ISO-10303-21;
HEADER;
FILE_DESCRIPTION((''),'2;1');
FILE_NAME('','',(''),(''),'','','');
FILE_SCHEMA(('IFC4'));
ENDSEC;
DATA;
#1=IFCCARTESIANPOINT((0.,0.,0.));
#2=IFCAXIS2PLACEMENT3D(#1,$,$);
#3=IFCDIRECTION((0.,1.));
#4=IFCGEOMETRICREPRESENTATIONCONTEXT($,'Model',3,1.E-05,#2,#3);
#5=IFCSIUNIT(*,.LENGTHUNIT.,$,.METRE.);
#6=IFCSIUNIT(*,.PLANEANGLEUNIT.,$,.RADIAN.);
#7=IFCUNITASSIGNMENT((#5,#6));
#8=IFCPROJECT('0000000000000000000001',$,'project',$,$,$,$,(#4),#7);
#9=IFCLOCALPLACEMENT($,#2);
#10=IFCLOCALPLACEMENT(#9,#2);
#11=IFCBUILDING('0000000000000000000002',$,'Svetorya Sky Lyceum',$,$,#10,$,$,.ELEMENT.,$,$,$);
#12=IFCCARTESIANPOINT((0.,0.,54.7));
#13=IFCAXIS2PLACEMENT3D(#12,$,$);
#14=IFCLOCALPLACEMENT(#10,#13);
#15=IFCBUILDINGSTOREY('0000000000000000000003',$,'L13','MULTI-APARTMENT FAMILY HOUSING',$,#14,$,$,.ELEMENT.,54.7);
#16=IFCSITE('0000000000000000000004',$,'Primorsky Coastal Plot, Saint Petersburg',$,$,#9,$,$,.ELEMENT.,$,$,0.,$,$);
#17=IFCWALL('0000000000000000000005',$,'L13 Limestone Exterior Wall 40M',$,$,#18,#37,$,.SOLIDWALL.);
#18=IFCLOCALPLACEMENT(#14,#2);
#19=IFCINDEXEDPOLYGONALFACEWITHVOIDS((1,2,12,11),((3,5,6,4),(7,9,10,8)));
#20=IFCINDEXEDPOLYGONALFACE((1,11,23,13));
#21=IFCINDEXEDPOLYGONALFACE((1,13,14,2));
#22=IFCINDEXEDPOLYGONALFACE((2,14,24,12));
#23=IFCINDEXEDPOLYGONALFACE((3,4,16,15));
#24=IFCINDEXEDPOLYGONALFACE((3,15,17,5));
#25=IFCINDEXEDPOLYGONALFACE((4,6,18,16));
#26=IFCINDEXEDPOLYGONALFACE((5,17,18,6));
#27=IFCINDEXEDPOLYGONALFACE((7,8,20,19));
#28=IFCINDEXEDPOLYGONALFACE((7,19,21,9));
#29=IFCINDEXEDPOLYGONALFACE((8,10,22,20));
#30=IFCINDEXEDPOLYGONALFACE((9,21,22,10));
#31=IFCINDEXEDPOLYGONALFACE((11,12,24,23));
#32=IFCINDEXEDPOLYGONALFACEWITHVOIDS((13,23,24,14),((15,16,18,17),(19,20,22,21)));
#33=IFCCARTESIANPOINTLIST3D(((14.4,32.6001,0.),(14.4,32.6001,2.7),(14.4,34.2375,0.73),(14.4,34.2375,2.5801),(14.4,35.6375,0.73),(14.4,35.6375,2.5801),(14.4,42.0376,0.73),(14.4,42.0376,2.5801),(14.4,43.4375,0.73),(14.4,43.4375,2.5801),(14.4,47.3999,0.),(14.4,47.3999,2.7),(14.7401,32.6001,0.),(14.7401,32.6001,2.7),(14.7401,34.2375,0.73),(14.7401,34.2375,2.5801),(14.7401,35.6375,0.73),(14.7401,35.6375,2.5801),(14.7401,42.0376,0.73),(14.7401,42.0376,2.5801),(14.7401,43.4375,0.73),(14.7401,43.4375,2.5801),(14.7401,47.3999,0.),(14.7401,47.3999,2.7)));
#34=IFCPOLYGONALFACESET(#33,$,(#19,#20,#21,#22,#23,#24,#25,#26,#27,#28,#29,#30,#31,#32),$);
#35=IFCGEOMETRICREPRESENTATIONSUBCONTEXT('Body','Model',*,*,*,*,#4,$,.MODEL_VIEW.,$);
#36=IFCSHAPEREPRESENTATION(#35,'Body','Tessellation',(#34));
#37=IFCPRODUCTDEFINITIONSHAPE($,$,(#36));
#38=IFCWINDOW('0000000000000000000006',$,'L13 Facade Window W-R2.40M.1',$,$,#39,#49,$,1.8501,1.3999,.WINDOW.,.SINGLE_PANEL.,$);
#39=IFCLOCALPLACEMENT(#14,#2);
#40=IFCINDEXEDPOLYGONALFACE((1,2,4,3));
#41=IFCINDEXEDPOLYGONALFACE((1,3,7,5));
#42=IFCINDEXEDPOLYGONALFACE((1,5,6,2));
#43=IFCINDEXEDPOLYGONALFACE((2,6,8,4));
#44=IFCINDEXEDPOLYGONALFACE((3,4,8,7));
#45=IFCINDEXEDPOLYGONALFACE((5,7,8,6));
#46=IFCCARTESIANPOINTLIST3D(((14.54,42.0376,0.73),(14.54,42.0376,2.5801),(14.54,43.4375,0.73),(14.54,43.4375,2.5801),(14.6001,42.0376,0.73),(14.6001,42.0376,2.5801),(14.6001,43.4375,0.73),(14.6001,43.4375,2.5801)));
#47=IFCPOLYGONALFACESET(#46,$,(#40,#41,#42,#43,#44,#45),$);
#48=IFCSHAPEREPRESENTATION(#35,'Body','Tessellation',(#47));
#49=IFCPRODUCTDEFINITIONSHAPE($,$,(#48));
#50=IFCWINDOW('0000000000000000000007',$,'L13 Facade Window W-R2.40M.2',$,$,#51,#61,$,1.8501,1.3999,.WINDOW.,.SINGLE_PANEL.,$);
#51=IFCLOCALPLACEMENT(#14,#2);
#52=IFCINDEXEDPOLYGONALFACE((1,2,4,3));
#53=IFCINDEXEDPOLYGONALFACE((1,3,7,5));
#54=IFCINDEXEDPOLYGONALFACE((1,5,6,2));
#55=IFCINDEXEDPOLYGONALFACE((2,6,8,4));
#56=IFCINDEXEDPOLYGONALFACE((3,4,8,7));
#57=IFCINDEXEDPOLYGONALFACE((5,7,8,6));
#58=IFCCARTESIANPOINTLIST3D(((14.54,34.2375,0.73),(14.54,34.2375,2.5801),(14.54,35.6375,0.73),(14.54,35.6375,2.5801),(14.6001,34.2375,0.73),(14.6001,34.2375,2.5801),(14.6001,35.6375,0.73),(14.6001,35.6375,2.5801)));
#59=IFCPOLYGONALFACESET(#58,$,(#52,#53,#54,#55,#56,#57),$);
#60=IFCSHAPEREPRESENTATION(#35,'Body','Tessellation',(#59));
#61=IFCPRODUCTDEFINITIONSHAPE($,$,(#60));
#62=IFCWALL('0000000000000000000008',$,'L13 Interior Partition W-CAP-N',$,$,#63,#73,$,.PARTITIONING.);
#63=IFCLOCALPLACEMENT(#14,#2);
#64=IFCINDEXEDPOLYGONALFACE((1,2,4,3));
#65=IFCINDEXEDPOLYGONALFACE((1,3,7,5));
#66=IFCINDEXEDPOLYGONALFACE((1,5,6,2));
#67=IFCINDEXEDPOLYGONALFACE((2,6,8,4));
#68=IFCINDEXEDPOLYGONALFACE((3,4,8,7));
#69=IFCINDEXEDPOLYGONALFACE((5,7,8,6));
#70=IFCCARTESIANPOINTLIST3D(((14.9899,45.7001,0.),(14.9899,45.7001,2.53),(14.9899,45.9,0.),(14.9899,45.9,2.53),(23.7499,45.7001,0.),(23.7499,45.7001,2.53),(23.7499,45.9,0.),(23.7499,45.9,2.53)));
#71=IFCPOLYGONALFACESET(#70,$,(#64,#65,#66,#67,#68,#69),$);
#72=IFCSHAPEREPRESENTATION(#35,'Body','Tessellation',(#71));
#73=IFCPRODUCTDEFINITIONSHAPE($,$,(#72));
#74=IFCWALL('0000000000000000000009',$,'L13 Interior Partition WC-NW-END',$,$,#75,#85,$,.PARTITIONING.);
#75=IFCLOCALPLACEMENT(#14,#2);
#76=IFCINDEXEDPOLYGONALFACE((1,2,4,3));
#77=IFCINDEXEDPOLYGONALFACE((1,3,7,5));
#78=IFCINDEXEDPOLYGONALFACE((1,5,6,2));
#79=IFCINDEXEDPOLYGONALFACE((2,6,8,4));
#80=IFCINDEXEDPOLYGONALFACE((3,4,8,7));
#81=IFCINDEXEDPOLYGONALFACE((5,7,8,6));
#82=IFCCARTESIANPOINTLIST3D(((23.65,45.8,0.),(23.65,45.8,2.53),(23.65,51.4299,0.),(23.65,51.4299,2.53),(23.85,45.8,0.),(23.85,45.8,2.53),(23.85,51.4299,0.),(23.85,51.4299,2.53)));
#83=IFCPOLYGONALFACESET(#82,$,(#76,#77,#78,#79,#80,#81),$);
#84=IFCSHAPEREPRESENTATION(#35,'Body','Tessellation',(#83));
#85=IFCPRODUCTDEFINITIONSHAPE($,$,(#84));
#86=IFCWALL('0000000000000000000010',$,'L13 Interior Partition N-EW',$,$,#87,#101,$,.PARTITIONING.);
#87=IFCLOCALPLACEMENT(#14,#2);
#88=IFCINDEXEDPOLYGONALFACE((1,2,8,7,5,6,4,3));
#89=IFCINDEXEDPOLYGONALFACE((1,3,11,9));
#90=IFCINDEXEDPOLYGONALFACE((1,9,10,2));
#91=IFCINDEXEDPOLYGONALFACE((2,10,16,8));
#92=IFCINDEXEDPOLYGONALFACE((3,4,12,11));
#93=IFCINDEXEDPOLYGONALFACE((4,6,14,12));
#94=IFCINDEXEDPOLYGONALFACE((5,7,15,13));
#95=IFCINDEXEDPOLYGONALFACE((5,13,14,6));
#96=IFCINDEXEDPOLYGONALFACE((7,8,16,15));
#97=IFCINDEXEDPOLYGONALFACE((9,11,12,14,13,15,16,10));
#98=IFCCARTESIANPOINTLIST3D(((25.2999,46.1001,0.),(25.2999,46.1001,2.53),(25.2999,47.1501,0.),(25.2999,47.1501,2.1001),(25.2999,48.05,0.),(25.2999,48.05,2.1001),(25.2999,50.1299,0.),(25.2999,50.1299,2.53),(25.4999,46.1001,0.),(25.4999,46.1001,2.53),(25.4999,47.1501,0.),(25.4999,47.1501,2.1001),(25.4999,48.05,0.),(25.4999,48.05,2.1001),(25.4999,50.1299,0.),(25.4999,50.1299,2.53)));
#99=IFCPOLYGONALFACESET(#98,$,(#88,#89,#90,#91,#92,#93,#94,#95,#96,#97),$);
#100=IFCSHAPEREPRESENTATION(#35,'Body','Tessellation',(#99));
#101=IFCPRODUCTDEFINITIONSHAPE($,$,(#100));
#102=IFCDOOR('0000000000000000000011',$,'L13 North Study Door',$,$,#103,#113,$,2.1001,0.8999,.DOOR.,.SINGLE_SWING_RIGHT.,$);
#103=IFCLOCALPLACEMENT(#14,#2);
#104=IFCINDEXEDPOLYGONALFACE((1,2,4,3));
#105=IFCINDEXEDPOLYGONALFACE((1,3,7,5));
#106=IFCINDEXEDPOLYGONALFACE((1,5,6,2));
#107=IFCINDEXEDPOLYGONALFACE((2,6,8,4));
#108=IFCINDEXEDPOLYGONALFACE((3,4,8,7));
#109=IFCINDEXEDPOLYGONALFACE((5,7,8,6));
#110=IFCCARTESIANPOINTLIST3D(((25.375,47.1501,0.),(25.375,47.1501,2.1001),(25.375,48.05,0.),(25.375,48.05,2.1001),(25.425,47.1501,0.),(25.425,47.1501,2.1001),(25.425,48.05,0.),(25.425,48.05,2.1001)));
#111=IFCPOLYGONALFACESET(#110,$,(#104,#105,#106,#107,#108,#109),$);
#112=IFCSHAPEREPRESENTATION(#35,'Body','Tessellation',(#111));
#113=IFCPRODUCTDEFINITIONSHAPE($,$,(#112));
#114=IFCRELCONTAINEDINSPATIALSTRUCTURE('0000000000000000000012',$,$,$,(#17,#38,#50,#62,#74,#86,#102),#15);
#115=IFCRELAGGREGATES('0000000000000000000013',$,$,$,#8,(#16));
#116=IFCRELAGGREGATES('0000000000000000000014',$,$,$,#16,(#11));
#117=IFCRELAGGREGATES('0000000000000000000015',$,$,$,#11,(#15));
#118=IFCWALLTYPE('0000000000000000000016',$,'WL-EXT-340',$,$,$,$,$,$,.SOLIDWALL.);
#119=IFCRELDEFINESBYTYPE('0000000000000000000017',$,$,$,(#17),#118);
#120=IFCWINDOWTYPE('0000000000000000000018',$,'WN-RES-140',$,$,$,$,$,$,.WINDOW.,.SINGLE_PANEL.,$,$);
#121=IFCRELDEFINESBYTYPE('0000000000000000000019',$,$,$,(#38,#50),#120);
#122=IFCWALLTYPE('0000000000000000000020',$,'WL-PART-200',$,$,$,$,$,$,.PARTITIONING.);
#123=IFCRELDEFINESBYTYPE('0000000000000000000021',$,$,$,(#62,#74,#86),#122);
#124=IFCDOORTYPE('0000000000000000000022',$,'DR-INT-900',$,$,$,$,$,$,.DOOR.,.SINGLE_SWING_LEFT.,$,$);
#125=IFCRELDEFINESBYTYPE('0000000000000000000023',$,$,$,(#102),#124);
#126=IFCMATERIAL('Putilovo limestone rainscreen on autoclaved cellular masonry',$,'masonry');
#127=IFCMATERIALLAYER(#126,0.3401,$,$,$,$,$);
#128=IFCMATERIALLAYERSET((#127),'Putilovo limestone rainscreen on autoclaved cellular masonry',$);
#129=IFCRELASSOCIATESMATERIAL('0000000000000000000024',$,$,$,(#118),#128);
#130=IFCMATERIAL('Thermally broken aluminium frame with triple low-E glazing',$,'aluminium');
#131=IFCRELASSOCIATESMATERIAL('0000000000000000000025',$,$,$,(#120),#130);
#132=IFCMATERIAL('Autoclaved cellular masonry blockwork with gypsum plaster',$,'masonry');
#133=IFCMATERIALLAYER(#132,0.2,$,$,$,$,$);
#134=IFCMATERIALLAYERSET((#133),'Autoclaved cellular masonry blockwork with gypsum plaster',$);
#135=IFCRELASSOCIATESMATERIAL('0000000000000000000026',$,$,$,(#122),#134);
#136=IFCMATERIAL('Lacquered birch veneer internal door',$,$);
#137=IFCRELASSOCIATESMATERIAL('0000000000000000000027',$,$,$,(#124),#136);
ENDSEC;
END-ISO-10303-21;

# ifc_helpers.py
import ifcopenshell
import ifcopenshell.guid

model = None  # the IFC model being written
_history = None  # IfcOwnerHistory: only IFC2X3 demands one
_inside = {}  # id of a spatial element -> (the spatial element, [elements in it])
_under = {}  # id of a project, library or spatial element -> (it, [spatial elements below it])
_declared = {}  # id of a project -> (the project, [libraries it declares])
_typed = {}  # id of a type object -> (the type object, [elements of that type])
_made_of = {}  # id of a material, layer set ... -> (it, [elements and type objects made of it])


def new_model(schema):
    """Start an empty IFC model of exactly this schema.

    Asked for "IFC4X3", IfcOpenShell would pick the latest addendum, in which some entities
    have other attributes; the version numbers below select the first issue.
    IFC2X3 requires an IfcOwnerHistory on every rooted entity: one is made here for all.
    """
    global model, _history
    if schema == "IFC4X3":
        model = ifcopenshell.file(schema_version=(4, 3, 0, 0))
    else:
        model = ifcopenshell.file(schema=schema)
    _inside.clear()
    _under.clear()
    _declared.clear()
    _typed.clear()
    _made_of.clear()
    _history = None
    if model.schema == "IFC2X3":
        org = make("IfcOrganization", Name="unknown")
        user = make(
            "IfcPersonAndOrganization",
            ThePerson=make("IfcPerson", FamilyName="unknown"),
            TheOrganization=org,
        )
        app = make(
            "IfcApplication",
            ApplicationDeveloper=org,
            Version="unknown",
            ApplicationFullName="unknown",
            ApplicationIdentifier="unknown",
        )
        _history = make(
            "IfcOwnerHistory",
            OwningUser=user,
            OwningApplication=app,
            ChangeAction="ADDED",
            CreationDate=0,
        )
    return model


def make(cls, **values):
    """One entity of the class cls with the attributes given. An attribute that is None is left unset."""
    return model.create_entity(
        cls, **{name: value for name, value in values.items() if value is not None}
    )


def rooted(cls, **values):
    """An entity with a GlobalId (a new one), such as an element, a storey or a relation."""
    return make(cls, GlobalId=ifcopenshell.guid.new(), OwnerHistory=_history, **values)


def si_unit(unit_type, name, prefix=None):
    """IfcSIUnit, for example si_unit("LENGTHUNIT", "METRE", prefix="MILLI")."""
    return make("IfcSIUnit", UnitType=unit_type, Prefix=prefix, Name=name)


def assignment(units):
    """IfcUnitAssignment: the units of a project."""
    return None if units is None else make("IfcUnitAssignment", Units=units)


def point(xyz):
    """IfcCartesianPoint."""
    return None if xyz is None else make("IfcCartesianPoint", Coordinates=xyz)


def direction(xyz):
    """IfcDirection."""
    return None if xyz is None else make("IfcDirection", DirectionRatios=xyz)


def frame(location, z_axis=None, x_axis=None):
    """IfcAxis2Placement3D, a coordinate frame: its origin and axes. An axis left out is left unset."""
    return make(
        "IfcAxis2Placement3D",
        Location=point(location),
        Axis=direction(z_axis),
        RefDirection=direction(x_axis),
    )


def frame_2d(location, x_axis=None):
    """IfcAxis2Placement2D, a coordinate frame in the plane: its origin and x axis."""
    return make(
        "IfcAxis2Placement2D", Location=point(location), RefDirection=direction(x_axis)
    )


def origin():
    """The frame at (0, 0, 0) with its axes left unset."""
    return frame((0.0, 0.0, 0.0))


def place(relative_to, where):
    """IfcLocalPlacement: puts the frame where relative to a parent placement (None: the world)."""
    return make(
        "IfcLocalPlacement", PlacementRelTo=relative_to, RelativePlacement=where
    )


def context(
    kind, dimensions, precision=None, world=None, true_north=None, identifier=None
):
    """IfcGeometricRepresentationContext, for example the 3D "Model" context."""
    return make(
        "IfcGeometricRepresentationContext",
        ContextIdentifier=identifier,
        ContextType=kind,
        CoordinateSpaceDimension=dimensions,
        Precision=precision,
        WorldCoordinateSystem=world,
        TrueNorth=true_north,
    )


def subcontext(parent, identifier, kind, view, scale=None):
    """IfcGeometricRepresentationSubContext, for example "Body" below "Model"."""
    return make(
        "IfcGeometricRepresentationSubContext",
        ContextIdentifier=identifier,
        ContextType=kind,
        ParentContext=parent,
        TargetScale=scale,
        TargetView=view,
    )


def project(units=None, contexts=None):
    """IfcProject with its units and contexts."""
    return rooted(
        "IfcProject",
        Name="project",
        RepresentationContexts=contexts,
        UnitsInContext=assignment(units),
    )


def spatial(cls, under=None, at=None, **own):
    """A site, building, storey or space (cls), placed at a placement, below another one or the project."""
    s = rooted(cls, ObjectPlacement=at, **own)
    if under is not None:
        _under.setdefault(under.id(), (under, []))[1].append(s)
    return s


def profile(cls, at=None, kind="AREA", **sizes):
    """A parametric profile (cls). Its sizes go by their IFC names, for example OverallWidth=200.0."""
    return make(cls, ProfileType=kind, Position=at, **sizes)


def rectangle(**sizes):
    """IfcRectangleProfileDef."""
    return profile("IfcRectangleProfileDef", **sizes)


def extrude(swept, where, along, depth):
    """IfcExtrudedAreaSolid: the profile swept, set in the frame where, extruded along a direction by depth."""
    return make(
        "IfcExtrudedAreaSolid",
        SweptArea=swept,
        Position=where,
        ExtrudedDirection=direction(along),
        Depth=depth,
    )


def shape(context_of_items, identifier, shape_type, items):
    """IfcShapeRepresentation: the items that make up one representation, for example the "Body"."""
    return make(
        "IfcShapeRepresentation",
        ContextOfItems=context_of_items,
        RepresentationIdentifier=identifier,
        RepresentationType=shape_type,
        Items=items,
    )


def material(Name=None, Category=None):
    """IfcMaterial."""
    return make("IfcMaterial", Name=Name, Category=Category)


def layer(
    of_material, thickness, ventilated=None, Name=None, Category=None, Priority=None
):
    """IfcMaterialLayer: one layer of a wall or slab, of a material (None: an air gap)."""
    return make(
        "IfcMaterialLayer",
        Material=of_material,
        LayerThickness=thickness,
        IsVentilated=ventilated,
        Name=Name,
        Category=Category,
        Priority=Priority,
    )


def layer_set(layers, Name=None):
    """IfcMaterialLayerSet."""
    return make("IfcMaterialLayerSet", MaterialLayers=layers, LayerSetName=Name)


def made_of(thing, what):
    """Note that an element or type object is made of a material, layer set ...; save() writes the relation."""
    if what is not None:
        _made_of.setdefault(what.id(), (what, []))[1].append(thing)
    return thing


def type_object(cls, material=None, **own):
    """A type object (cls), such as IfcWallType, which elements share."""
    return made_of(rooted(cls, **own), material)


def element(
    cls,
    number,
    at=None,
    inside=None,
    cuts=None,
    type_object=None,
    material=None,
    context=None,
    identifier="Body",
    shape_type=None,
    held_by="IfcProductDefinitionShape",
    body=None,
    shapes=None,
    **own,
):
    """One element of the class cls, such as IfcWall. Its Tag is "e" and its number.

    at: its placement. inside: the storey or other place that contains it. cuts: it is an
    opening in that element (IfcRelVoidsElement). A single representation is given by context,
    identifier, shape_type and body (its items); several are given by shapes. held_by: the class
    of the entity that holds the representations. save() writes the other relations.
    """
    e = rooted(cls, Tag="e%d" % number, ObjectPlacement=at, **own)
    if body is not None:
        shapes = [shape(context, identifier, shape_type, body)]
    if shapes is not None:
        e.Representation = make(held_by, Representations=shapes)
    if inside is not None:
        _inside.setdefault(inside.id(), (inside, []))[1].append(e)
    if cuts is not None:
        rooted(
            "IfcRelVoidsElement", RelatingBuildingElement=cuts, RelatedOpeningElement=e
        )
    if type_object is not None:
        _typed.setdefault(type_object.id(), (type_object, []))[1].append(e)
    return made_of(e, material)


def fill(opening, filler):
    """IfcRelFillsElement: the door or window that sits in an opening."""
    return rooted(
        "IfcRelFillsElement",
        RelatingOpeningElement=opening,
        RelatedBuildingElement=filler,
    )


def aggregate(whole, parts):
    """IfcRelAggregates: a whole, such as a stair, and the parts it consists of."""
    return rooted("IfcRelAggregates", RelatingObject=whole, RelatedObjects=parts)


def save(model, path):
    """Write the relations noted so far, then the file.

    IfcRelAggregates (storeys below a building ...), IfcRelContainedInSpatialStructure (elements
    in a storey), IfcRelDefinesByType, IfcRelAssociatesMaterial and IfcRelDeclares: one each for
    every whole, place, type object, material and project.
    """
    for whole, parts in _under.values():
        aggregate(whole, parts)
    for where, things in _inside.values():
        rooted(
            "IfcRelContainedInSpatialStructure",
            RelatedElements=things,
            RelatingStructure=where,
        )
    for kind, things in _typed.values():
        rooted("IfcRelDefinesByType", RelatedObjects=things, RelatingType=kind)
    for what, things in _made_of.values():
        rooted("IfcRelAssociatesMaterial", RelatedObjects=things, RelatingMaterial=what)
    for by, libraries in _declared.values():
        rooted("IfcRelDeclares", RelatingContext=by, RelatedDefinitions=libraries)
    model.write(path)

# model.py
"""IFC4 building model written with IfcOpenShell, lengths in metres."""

from ifc_helpers import new_model, si_unit, direction, frame, frame_2d, origin, place, context, subcontext, project, spatial, rectangle, extrude, material, layer, layer_set, type_object, element, fill, save


model = new_model("IFC4")

# Units and contexts
model_context = context("Model", 3, precision=1e-05, world=origin(), true_north=direction((0.0, 1.0)))
body_context = subcontext(model_context, "Body", "Model", "MODEL_VIEW")
ifc_project = project(units=[si_unit("LENGTHUNIT", "METRE"), si_unit("PLANEANGLEUNIT", "RADIAN")], contexts=[model_context])

# Site, building, storey
site_placement = place(None, origin())
site = spatial("IfcSite", under=ifc_project, at=site_placement, Name="Primorsky Coastal Plot, Saint Petersburg", CompositionType="ELEMENT", RefElevation=0.0)
building_placement = place(site_placement, origin())
building = spatial("IfcBuilding", under=site, at=building_placement, Name="Svetorya Sky Lyceum", CompositionType="ELEMENT")
storey_placement = place(building_placement, frame((0.0, 0.0, 54.7)))
storey = spatial("IfcBuildingStorey", under=building, at=storey_placement, Name="L13", Description="MULTI-APARTMENT FAMILY HOUSING", CompositionType="ELEMENT", Elevation=54.7)

# Shared definitions
ifc_material_1 = material(Name="Putilovo limestone rainscreen on autoclaved cellular masonry", Category="masonry")
ifc_layer_1 = layer(ifc_material_1, 0.3401)
ifc_layer_set_1 = layer_set([ifc_layer_1], Name="Putilovo limestone rainscreen on autoclaved cellular masonry")
wall_type_1 = type_object("IfcWallType", Name="WL-EXT-340", PredefinedType="SOLIDWALL", material=ifc_layer_set_1)

# Wall, openings, windows
wall_1_placement = place(storey_placement, frame((14.5701, 47.3999, 0.0), z_axis=(0.0, 0.0, 1.0), x_axis=(0.0, -1.0, 0.0)))
wall_1 = element("IfcWall", 1, at=wall_1_placement, inside=storey, type_object=wall_type_1, Name="L13 Limestone Exterior Wall 40M", PredefinedType="SOLIDWALL", context=body_context, shape_type="SweptSolid", body=[
    extrude(rectangle(XDim=14.7998, YDim=0.3401, at=frame_2d((7.3999, 0.0))), origin(), (0.0, 0.0, 1.0), 2.7),
])
opening_1_placement = place(wall_1_placement, frame((3.9624, 0.0, 0.73)))
opening_1 = element("IfcOpeningElement", 2, at=opening_1_placement, cuts=wall_1, PredefinedType="OPENING", context=body_context, shape_type="SweptSolid", body=[
    extrude(rectangle(XDim=1.3999, YDim=1.8501, at=frame_2d((0.7, 0.925))), frame((0.0, 0.1799, 0.0), z_axis=(0.0, -1.0, 0.0), x_axis=(1.0, 0.0, 0.0)), (0.0, 0.0, 1.0), 0.3601),
])
opening_2_placement = place(wall_1_placement, frame((11.7625, 0.0, 0.73)))
opening_2 = element("IfcOpeningElement", 3, at=opening_2_placement, cuts=wall_1, PredefinedType="OPENING", context=body_context, shape_type="SweptSolid", body=[
    extrude(rectangle(XDim=1.3999, YDim=1.8501, at=frame_2d((0.7, 0.925))), frame((0.0, 0.1799, 0.0), z_axis=(0.0, -1.0, 0.0), x_axis=(1.0, 0.0, 0.0)), (0.0, 0.0, 1.0), 0.3601),
])
ifc_material_2 = material(Name="Thermally broken aluminium frame with triple low-E glazing", Category="aluminium")
window_type = type_object("IfcWindowType", Name="WN-RES-140", PartitioningType="SINGLE_PANEL", PredefinedType="WINDOW", material=ifc_material_2)
window_1_placement = place(opening_1_placement, origin())
window_1 = element("IfcWindow", 4, at=window_1_placement, inside=storey, type_object=window_type, Name="L13 Facade Window W-R2.40M.1", OverallHeight=1.8501, OverallWidth=1.3999, PartitioningType="SINGLE_PANEL", PredefinedType="WINDOW", context=body_context, shape_type="SweptSolid", body=[
    extrude(rectangle(XDim=1.3999, YDim=1.8501, at=frame_2d((0.7, 0.925))), frame((0.0, 0.03, 0.0), z_axis=(0.0, -1.0, 0.0), x_axis=(1.0, 0.0, 0.0)), (0.0, 0.0, 1.0), 0.0601),
])
fill(opening_1, window_1)
window_2_placement = place(opening_2_placement, origin())
window_2 = element("IfcWindow", 5, at=window_2_placement, inside=storey, type_object=window_type, Name="L13 Facade Window W-R2.40M.2", OverallHeight=1.8501, OverallWidth=1.3999, PartitioningType="SINGLE_PANEL", PredefinedType="WINDOW", context=body_context, shape_type="SweptSolid", body=[
    extrude(rectangle(XDim=1.3999, YDim=1.8501, at=frame_2d((0.7, 0.925))), frame((0.0, 0.03, 0.0), z_axis=(0.0, -1.0, 0.0), x_axis=(1.0, 0.0, 0.0)), (0.0, 0.0, 1.0), 0.0601),
])
fill(opening_2, window_2)

# Walls
ifc_material_3 = material(Name="Autoclaved cellular masonry blockwork with gypsum plaster", Category="masonry")
ifc_layer_2 = layer(ifc_material_3, 0.2)
ifc_layer_set_2 = layer_set([ifc_layer_2], Name="Autoclaved cellular masonry blockwork with gypsum plaster")
wall_type_2 = type_object("IfcWallType", Name="WL-PART-200", PredefinedType="PARTITIONING", material=ifc_layer_set_2)
wall_2_placement = place(storey_placement, frame((14.99, 45.8, 0.0), z_axis=(0.0, 0.0, 1.0), x_axis=(1.0, 0.0, 0.0)))
element("IfcWall", 6, at=wall_2_placement, inside=storey, type_object=wall_type_2, Name="L13 Interior Partition W-CAP-N", PredefinedType="PARTITIONING", context=body_context, shape_type="SweptSolid", body=[
    extrude(rectangle(XDim=8.76, YDim=0.2, at=frame_2d((4.3799, 0.0))), origin(), (0.0, 0.0, 1.0), 2.53),
])
wall_3_placement = place(storey_placement, frame((23.75, 45.8, 0.0), z_axis=(0.0, 0.0, 1.0), x_axis=(0.0, 1.0, 0.0)))
element("IfcWall", 7, at=wall_3_placement, inside=storey, type_object=wall_type_2, Name="L13 Interior Partition WC-NW-END", PredefinedType="PARTITIONING", context=body_context, shape_type="SweptSolid", body=[
    extrude(rectangle(XDim=5.6299, YDim=0.2, at=frame_2d((2.8149, 0.0))), origin(), (0.0, 0.0, 1.0), 2.53),
])

# Wall, opening, door
wall_4_placement = place(storey_placement, frame((25.3999, 46.1001, 0.0), z_axis=(0.0, 0.0, 1.0), x_axis=(0.0, 1.0, 0.0)))
wall_4 = element("IfcWall", 8, at=wall_4_placement, inside=storey, type_object=wall_type_2, Name="L13 Interior Partition N-EW", PredefinedType="PARTITIONING", context=body_context, shape_type="SweptSolid", body=[
    extrude(rectangle(XDim=4.0298, YDim=0.2, at=frame_2d((2.0149, 0.0))), origin(), (0.0, 0.0, 1.0), 2.53),
])
opening_3_placement = place(wall_4_placement, frame((1.05, 0.0, 0.0)))
opening_3 = element("IfcOpeningElement", 9, at=opening_3_placement, cuts=wall_4, PredefinedType="OPENING", context=body_context, shape_type="SweptSolid", body=[
    extrude(rectangle(XDim=0.8999, YDim=2.1001, at=frame_2d((0.45, 1.05))), frame((0.0, 0.1099, 0.0), z_axis=(0.0, -1.0, 0.0), x_axis=(1.0, 0.0, 0.0)), (0.0, 0.0, 1.0), 0.22),
])
ifc_material_4 = material(Name="Lacquered birch veneer internal door")
door_type = type_object("IfcDoorType", Name="DR-INT-900", OperationType="SINGLE_SWING_LEFT", PredefinedType="DOOR", material=ifc_material_4)
door_placement = place(opening_3_placement, origin())
door = element("IfcDoor", 10, at=door_placement, inside=storey, type_object=door_type, Name="L13 North Study Door", OperationType="SINGLE_SWING_RIGHT", OverallHeight=2.1001, OverallWidth=0.8999, PredefinedType="DOOR", context=body_context, shape_type="SweptSolid", body=[
    extrude(rectangle(XDim=0.8999, YDim=2.1001, at=frame_2d((0.45, 1.05))), frame((0.0, 0.0249, 0.0), z_axis=(0.0, -1.0, 0.0), x_axis=(1.0, 0.0, 0.0)), (0.0, 0.0, 1.0), 0.05),
])
fill(opening_3, door)

save(model, "model.ifc")
